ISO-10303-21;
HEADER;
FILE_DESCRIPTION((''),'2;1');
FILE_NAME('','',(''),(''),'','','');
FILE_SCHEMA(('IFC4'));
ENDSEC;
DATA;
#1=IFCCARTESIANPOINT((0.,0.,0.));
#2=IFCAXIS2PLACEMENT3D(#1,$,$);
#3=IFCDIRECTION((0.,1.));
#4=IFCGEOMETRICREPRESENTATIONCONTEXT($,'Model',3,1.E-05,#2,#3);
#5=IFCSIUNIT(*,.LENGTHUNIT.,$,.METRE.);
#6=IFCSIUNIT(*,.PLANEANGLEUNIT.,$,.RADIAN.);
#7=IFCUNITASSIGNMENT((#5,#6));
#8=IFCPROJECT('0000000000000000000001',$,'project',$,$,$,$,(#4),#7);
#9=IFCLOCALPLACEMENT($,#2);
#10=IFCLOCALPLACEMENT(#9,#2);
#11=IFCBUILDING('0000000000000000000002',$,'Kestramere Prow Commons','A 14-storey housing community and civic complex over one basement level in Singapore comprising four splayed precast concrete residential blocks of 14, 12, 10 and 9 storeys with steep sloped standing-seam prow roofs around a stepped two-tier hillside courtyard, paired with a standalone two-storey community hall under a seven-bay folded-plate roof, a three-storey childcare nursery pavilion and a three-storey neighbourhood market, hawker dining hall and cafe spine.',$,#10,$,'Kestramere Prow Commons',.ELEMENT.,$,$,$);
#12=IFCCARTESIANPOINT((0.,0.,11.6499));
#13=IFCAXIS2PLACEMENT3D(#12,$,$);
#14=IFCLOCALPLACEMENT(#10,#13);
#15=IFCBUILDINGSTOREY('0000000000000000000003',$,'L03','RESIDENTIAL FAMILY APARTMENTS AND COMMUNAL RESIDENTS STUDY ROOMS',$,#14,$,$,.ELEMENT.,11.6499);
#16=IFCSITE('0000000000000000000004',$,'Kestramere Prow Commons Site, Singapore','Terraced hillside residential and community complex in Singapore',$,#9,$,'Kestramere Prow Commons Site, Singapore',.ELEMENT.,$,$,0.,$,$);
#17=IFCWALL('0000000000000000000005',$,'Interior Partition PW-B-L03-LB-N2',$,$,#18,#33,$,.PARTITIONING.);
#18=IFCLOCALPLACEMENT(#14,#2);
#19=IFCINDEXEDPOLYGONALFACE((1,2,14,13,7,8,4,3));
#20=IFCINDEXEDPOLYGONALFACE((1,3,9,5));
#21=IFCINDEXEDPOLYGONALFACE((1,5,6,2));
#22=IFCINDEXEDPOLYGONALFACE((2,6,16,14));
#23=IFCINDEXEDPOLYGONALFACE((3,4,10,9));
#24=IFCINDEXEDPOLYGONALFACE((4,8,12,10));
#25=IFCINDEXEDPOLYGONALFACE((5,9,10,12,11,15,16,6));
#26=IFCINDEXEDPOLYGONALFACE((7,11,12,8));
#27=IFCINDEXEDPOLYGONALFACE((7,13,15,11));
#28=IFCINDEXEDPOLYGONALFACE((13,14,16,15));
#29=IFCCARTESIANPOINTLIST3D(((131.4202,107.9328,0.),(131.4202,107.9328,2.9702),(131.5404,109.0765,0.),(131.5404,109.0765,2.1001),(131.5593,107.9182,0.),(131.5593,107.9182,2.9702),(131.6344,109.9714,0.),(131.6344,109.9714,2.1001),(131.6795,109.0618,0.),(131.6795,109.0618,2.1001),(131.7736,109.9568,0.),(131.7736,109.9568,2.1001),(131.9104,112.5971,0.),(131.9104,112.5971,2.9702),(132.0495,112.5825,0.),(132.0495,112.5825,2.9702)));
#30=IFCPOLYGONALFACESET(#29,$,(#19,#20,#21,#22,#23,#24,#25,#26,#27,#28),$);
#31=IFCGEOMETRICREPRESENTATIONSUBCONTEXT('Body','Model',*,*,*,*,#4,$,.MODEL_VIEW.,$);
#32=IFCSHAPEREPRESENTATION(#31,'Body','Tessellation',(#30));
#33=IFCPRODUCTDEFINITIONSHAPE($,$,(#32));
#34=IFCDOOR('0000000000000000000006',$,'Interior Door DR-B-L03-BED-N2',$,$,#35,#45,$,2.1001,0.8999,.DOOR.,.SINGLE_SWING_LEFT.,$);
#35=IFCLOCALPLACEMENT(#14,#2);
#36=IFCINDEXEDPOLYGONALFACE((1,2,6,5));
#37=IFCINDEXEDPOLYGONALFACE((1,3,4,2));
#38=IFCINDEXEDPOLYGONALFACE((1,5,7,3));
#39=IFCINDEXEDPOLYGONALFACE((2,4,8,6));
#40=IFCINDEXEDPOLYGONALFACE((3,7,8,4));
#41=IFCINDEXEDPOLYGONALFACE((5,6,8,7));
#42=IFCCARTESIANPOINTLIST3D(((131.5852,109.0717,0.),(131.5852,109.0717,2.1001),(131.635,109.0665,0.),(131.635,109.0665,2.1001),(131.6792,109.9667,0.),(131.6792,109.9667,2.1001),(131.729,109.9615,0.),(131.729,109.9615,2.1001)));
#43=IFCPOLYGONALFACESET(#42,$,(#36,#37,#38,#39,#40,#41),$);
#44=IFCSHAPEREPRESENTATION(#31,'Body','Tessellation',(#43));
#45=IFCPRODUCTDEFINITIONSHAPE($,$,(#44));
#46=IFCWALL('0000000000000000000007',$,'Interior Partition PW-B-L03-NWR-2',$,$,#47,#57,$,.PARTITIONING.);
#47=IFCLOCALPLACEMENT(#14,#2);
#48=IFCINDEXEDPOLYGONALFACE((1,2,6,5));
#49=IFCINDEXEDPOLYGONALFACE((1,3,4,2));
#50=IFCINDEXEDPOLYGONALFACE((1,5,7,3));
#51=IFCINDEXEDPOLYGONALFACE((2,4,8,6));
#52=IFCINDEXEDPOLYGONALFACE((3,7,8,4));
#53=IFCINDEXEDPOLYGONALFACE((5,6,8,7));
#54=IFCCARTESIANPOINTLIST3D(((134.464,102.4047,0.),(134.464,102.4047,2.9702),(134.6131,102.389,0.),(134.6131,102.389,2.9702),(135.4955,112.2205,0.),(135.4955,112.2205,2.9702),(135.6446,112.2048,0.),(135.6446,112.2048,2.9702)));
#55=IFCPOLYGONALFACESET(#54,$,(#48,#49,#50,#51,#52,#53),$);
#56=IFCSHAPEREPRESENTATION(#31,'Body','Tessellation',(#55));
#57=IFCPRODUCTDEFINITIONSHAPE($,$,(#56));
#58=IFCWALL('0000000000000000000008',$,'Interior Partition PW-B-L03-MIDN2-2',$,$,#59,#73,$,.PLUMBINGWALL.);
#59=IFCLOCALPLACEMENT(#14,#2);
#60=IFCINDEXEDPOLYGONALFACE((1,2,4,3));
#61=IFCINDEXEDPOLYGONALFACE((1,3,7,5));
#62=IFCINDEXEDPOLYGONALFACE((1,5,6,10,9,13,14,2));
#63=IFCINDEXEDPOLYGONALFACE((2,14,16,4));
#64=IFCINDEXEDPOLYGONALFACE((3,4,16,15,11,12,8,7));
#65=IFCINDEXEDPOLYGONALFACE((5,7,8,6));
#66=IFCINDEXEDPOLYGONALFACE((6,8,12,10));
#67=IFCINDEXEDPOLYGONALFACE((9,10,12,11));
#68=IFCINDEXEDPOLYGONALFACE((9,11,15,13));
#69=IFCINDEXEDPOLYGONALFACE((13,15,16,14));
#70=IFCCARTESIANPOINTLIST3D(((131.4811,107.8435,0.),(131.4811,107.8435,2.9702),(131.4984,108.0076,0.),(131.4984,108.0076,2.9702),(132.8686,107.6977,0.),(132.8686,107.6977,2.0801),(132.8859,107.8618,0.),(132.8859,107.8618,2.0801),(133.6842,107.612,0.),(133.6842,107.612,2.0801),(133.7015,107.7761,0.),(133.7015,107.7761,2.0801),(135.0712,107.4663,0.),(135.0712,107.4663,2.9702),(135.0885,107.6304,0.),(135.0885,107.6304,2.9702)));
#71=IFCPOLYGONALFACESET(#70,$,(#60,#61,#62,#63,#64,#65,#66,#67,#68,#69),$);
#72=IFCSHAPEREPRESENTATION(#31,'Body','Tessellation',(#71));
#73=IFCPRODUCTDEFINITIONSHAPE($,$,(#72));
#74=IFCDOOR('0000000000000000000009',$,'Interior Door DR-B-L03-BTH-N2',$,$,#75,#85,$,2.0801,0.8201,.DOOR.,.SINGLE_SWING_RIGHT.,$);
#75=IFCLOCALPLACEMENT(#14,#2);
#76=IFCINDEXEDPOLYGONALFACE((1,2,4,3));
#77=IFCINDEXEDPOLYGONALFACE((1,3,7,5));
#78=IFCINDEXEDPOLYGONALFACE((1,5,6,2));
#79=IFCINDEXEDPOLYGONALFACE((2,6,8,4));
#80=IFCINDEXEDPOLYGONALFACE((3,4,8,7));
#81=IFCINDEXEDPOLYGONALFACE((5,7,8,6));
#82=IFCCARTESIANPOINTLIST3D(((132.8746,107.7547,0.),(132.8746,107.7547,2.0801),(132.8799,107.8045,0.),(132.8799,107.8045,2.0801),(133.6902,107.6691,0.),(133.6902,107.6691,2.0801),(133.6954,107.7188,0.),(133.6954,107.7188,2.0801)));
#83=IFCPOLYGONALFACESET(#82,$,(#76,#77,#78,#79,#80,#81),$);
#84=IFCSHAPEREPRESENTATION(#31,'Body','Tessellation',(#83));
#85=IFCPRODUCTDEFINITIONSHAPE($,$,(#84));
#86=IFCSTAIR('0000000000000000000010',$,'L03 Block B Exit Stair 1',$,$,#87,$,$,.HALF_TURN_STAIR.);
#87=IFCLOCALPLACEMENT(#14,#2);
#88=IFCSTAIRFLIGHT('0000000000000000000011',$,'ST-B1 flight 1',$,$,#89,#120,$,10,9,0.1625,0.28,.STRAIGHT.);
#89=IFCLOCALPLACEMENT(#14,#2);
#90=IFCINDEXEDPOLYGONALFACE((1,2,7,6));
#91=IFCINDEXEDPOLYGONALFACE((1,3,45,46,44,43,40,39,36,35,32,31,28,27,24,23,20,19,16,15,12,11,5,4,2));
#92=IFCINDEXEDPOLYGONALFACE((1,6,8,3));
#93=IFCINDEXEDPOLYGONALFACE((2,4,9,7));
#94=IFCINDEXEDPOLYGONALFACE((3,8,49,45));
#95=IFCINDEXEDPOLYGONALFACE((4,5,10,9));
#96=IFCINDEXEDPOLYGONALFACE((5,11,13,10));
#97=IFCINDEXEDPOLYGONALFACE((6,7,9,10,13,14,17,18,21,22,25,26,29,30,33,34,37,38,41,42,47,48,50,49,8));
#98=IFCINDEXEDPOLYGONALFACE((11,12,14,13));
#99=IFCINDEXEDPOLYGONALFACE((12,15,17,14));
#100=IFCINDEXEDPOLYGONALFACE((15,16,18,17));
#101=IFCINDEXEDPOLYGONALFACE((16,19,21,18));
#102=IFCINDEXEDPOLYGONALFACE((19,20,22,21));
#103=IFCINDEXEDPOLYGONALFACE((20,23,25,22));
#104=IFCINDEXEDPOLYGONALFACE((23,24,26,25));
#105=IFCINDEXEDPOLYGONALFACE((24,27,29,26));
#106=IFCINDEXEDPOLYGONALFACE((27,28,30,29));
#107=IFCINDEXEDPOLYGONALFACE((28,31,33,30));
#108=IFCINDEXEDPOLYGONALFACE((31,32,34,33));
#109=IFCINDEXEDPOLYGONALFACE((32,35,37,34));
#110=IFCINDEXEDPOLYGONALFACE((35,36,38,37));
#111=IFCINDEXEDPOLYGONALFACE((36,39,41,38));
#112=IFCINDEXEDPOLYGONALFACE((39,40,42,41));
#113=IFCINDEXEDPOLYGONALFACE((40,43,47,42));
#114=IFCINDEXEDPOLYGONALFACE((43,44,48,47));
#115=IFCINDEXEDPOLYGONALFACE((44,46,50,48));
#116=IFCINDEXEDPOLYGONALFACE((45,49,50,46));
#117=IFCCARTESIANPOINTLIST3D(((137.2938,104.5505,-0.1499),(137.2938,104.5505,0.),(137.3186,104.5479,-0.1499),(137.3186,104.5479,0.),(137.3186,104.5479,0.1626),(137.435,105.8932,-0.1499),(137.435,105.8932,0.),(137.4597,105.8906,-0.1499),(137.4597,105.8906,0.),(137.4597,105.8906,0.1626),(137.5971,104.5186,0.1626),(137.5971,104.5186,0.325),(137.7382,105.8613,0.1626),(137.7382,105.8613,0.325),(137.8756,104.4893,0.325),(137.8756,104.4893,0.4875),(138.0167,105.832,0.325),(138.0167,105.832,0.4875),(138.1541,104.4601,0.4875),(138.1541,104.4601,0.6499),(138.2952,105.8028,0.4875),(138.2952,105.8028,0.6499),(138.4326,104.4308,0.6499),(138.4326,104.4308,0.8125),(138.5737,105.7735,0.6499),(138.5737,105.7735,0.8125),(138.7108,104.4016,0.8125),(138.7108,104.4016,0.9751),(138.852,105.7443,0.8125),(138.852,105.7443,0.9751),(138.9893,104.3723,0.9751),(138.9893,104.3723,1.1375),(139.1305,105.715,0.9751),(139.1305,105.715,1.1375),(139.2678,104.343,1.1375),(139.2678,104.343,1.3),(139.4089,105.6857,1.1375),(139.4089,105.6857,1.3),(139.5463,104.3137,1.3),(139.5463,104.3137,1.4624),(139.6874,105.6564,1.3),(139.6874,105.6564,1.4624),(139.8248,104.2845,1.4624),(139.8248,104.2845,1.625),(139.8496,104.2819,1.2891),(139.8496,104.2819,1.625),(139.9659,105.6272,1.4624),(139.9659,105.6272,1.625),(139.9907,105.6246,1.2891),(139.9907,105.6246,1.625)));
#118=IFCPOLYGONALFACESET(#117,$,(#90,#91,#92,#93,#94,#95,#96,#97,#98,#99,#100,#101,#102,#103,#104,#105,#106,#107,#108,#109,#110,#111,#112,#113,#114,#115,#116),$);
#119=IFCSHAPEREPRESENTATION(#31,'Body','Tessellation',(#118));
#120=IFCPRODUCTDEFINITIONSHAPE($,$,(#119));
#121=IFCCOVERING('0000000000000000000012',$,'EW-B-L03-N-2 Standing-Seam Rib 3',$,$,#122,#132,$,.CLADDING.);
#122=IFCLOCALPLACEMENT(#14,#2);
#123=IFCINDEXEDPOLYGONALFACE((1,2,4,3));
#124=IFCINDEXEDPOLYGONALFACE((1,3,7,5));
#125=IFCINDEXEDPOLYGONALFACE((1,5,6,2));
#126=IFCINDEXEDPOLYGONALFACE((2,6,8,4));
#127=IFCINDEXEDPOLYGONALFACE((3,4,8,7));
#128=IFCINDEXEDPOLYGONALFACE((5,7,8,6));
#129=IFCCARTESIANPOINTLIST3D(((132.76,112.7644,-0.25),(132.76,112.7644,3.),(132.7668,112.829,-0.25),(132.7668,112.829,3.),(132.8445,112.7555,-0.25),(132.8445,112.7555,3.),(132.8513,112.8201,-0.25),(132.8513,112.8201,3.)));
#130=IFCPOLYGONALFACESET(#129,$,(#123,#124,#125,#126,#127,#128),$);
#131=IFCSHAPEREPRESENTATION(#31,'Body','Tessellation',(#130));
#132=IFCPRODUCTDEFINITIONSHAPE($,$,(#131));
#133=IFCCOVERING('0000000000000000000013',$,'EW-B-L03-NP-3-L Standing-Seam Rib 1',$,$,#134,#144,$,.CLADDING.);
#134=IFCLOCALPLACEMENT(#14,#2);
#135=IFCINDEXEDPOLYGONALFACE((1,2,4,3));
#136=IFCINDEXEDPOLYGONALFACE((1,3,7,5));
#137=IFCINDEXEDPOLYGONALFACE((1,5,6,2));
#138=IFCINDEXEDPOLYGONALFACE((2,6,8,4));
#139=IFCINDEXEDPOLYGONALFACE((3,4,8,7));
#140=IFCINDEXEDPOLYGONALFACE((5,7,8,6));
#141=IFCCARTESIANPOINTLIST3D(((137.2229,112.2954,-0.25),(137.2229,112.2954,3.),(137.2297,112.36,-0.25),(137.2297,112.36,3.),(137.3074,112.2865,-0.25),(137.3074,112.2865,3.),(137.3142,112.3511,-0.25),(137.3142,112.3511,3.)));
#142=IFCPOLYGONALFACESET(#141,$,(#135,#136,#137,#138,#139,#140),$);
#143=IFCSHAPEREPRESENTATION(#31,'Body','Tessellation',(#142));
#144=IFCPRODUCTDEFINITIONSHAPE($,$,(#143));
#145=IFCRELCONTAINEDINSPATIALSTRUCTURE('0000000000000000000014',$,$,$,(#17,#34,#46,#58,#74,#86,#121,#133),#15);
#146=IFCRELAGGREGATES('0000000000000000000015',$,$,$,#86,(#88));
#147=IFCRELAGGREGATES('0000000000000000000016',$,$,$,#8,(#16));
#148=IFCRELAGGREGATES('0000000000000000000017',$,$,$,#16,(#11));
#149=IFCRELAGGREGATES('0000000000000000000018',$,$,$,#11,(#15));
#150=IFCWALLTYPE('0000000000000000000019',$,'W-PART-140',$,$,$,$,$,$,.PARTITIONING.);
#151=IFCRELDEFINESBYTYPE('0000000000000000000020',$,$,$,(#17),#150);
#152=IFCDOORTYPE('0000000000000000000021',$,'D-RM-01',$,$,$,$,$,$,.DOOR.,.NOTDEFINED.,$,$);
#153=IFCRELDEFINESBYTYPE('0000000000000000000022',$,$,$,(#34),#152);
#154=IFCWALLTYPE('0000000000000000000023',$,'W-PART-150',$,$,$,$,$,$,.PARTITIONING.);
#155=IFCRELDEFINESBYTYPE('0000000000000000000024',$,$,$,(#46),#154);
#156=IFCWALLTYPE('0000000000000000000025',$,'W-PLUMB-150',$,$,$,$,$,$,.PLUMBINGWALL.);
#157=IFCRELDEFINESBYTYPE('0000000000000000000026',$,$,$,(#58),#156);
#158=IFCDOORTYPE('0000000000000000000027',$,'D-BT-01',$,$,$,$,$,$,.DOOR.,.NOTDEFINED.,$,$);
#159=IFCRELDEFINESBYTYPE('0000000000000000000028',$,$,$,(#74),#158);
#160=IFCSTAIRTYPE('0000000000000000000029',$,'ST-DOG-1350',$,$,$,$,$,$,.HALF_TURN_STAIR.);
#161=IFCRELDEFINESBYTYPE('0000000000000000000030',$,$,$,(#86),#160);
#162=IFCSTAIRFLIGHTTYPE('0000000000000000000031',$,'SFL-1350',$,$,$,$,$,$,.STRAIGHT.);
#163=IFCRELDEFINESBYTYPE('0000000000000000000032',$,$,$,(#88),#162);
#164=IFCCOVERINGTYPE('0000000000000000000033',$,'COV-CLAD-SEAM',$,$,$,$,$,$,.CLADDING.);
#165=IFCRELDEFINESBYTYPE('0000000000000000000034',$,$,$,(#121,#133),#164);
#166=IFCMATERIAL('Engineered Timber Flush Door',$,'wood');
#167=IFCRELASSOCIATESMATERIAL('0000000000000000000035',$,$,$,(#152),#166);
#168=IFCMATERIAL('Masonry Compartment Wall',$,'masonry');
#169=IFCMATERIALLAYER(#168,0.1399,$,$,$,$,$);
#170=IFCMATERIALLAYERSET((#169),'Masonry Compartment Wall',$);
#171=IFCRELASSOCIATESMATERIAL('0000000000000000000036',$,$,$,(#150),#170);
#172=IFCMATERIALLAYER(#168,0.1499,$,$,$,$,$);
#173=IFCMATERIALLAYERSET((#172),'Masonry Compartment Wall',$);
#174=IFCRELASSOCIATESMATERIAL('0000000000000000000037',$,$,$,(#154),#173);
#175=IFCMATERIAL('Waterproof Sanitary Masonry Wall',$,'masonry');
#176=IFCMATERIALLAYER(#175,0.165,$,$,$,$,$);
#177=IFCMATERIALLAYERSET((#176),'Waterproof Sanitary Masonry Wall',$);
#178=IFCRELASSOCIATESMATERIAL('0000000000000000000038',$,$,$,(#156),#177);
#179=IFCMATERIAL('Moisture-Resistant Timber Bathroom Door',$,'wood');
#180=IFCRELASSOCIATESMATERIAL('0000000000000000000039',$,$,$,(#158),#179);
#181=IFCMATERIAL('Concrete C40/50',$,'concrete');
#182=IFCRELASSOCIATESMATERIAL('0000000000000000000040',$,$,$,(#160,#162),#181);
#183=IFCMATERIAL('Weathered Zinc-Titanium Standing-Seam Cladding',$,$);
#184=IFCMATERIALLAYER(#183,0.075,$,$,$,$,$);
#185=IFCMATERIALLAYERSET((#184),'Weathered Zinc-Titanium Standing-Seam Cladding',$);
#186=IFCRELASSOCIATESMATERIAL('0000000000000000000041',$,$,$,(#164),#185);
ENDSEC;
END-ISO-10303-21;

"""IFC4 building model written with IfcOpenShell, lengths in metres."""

from ifc_helpers import new_model, si_unit, direction, frame, frame_2d, origin, origin_2d, place, context, subcontext, project, spatial, polyline, rectangle, outline, extrude, material, layer, layer_set, type_object, element, fill, aggregate, save


model = new_model("IFC4")

# Units and contexts
model_context = context("Model", 3, precision=1e-05, world=origin(), true_north=direction((0.0, 1.0)))
body_context = subcontext(model_context, "Body", "Model", "MODEL_VIEW")
ifc_project = project(units=[si_unit("LENGTHUNIT", "METRE"), si_unit("PLANEANGLEUNIT", "RADIAN")], contexts=[model_context])

# Site, building, storey
site_placement = place(None, origin())
site = spatial("IfcSite", under=ifc_project, at=site_placement, Name="Kestramere Prow Commons Site, Singapore", Description="Terraced hillside residential and community complex in Singapore", LongName="Kestramere Prow Commons Site, Singapore", CompositionType="ELEMENT", RefElevation=0.0)
building_placement = place(site_placement, origin())
building = spatial("IfcBuilding", under=site, at=building_placement, Name="Kestramere Prow Commons", Description="A 14-storey housing community and civic complex over one basement level in Singapore comprising four splayed precast concrete residential blocks of 14, 12, 10 and 9 storeys with steep sloped standing-seam prow roofs around a stepped two-tier hillside courtyard, paired with a standalone two-storey community hall under a seven-bay folded-plate roof, a three-storey childcare nursery pavilion and a three-storey neighbourhood market, hawker dining hall and cafe spine.", LongName="Kestramere Prow Commons", CompositionType="ELEMENT")
storey_placement = place(building_placement, frame((0.0, 0.0, 11.6499)))
storey = spatial("IfcBuildingStorey", under=building, at=storey_placement, Name="L03", Description="RESIDENTIAL FAMILY APARTMENTS AND COMMUNAL RESIDENTS STUDY ROOMS", CompositionType="ELEMENT", Elevation=11.6499)

# Shared definitions
ifc_material_1 = material(Name="Concrete C40/50", Category="concrete")
ifc_material_2 = material(Name="Engineered Timber Flush Door", Category="wood")
door_type_1 = type_object("IfcDoorType", Name="D-RM-01", OperationType="NOTDEFINED", PredefinedType="DOOR", material=ifc_material_2)

# Wall, opening, door
ifc_material_3 = material(Name="Masonry Compartment Wall", Category="masonry")
ifc_layer_1 = layer(ifc_material_3, 0.1399)
ifc_layer_set_1 = layer_set([ifc_layer_1], Name="Masonry Compartment Wall")
wall_type_1 = type_object("IfcWallType", Name="W-PART-140", PredefinedType="PARTITIONING", material=ifc_layer_set_1)
wall_1_placement = place(storey_placement, frame((131.4897, 107.9255, 0.0), z_axis=(0.0, 0.0, 1.0), x_axis=(0.104528, 0.994522, 0.0)))
wall_1 = element("IfcWall", 1, at=wall_1_placement, inside=storey, type_object=wall_type_1, Name="Interior Partition PW-B-L03-LB-N2", PredefinedType="PARTITIONING", context=body_context, shape_type="SweptSolid", body=[
    extrude(rectangle(XDim=4.6899, YDim=0.1399, at=frame_2d((2.345, 0.0))), origin(), (0.0, 0.0, 1.0), 2.9702),
])
opening_1_placement = place(wall_1_placement, frame((1.1499, 0.0, 0.0)))
opening_1 = element("IfcOpeningElement", 2, at=opening_1_placement, cuts=wall_1, PredefinedType="OPENING", context=body_context, shape_type="SweptSolid", body=[
    extrude(rectangle(XDim=0.8999, YDim=2.1001, at=frame_2d((0.45, 1.05))), frame((0.0, 0.085, 0.0), z_axis=(0.0, -1.0, 0.0), x_axis=(1.0, 0.0, 0.0)), (0.0, 0.0, 1.0), 0.1699),
])
door_1_placement = place(opening_1_placement, origin())
door_1 = element("IfcDoor", 3, at=door_1_placement, inside=storey, type_object=door_type_1, Name="Interior Door DR-B-L03-BED-N2", OperationType="SINGLE_SWING_LEFT", OverallHeight=2.1001, OverallWidth=0.8999, PredefinedType="DOOR", context=body_context, shape_type="SweptSolid", body=[
    extrude(rectangle(XDim=0.8999, YDim=2.1001, at=frame_2d((0.45, 1.05))), frame((0.0, 0.0249, 0.0), z_axis=(0.0, -1.0, 0.0), x_axis=(1.0, 0.0, 0.0)), (0.0, 0.0, 1.0), 0.05),
])
fill(opening_1, door_1)

# Wall
ifc_layer_2 = layer(ifc_material_3, 0.1499)
ifc_layer_set_2 = layer_set([ifc_layer_2], Name="Masonry Compartment Wall")
wall_type_2 = type_object("IfcWallType", Name="W-PART-150", PredefinedType="PARTITIONING", material=ifc_layer_set_2)
wall_2_placement = place(storey_placement, frame((134.5386, 102.3967, 0.0), z_axis=(0.0, 0.0, 1.0), x_axis=(0.104508, 0.994524, 0.0)))
element("IfcWall", 4, at=wall_2_placement, inside=storey, type_object=wall_type_2, Name="Interior Partition PW-B-L03-NWR-2", PredefinedType="PARTITIONING", context=body_context, shape_type="SweptSolid", body=[
    extrude(rectangle(XDim=9.8699, YDim=0.1499, at=frame_2d((4.9351, 0.0))), origin(), (0.0, 0.0, 1.0), 2.9702),
])

# Wall, opening, door
ifc_material_4 = material(Name="Waterproof Sanitary Masonry Wall", Category="masonry")
ifc_layer_3 = layer(ifc_material_4, 0.165)
ifc_layer_set_3 = layer_set([ifc_layer_3], Name="Waterproof Sanitary Masonry Wall")
wall_type_3 = type_object("IfcWallType", Name="W-PLUMB-150", PredefinedType="PLUMBINGWALL", material=ifc_layer_set_3)
wall_3_placement = place(storey_placement, frame((131.4897, 107.9255, 0.0), z_axis=(0.0, 0.0, 1.0), x_axis=(0.994526, -0.104491, 0.0)))
wall_3 = element("IfcWall", 5, at=wall_3_placement, inside=storey, type_object=wall_type_3, Name="Interior Partition PW-B-L03-MIDN2-2", PredefinedType="PLUMBINGWALL", context=body_context, shape_type="SweptSolid", body=[
    extrude(rectangle(XDim=3.6099, YDim=0.165, at=frame_2d((1.8049, 0.0))), origin(), (0.0, 0.0, 1.0), 2.9702),
])
opening_2_placement = place(wall_3_placement, frame((1.395, 0.0, 0.0)))
opening_2 = element("IfcOpeningElement", 6, at=opening_2_placement, cuts=wall_3, PredefinedType="OPENING", context=body_context, shape_type="SweptSolid", body=[
    extrude(rectangle(XDim=0.8201, YDim=2.0801, at=frame_2d((0.4102, 1.04))), frame((0.0, 0.0974, 0.0), z_axis=(0.0, -1.0, 0.0), x_axis=(1.0, 0.0, 0.0)), (0.0, 0.0, 1.0), 0.1951),
])
ifc_material_5 = material(Name="Moisture-Resistant Timber Bathroom Door", Category="wood")
door_type_2 = type_object("IfcDoorType", Name="D-BT-01", OperationType="NOTDEFINED", PredefinedType="DOOR", material=ifc_material_5)
door_2_placement = place(opening_2_placement, origin())
door_2 = element("IfcDoor", 7, at=door_2_placement, inside=storey, type_object=door_type_2, Name="Interior Door DR-B-L03-BTH-N2", OperationType="SINGLE_SWING_RIGHT", OverallHeight=2.0801, OverallWidth=0.8201, PredefinedType="DOOR", context=body_context, shape_type="SweptSolid", body=[
    extrude(rectangle(XDim=0.8201, YDim=2.0801, at=frame_2d((0.4102, 1.04))), frame((0.0, 0.0249, 0.0), z_axis=(0.0, -1.0, 0.0), x_axis=(1.0, 0.0, 0.0)), (0.0, 0.0, 1.0), 0.05),
])
fill(opening_2, door_2)

# Stair, stair flight
stair_type = type_object("IfcStairType", Name="ST-DOG-1350", PredefinedType="HALF_TURN_STAIR", material=ifc_material_1)
stair_placement = place(storey_placement, origin())
stair = element("IfcStair", 8, at=stair_placement, inside=storey, type_object=stair_type, Name="L03 Block B Exit Stair 1", PredefinedType="HALF_TURN_STAIR")
stair_flight_type = type_object("IfcStairFlightType", Name="SFL-1350", PredefinedType="STRAIGHT", material=ifc_material_1)
stair_flight_placement = place(storey_placement, frame((137.3892, 105.2192, 0.0), z_axis=(0.0, 0.0, 1.0), x_axis=(0.994522, -0.104528, 0.0)))
stair_flight = element("IfcStairFlight", 9, at=stair_flight_placement, type_object=stair_flight_type, Name="ST-B1 flight 1", NumberOfRisers=10, NumberOfTreads=9, PredefinedType="STRAIGHT", RiserHeight=0.1625, TreadLength=0.28, context=body_context, shape_type="SweptSolid", body=[
    extrude(outline(polyline([(-0.0249, 0.0), (0.0, 0.0), (0.0, 0.1626), (0.28, 0.1626), (0.28, 0.325), (0.5601, 0.325), (0.5601, 0.4875), (0.8401, 0.4875), (0.8401, 0.6499), (1.1201, 0.6499), (1.1201, 0.8125), (1.3999, 0.8125), (1.3999, 0.9751), (1.6799, 0.9751), (1.6799, 1.1375), (1.96, 1.1375), (1.96, 1.3), (2.24, 1.3), (2.24, 1.4624), (2.52, 1.4624), (2.52, 1.625), (2.5449, 1.625), (2.5449, 1.2891), (0.0, -0.1499), (-0.0249, -0.1499), (-0.0249, 0.0)])), frame((0.0, 0.675, 0.0), z_axis=(0.0, -1.0, 0.0), x_axis=(1.0, 0.0, 0.0)), (0.0, 0.0, 1.0), 1.3501),
])
aggregate(stair, [stair_flight])

# Coverings
ifc_material_6 = material(Name="Weathered Zinc-Titanium Standing-Seam Cladding")
ifc_layer_4 = layer(ifc_material_6, 0.075)
ifc_layer_set_4 = layer_set([ifc_layer_4], Name="Weathered Zinc-Titanium Standing-Seam Cladding")
covering_type = type_object("IfcCoveringType", Name="COV-CLAD-SEAM", PredefinedType="CLADDING", material=ifc_layer_set_4)
for number, where, z_axis, x_axis, name in (
    (10, (132.8057, 112.7922, -0.25), (0.0, 0.0, 1.0), (0.994522, -0.104528, 0.0), "EW-B-L03-N-2 Standing-Seam Rib 3"),
    (11, (137.2686, 112.3232, -0.25), (0.0, 0.0, 1.0), (0.994522, -0.104528, 0.0), "EW-B-L03-NP-3-L Standing-Seam Rib 1"),
):
    element("IfcCovering", number, at=place(storey_placement, frame(where, z_axis=z_axis, x_axis=x_axis)), inside=storey, type_object=covering_type, Name=name, PredefinedType="CLADDING", context=body_context, shape_type="SweptSolid", body=[
        extrude(rectangle(XDim=0.085, YDim=0.0649, at=origin_2d()), origin(), (0.0, 0.0, 1.0), 3.25),
    ])

save(model, "model.ifc")
